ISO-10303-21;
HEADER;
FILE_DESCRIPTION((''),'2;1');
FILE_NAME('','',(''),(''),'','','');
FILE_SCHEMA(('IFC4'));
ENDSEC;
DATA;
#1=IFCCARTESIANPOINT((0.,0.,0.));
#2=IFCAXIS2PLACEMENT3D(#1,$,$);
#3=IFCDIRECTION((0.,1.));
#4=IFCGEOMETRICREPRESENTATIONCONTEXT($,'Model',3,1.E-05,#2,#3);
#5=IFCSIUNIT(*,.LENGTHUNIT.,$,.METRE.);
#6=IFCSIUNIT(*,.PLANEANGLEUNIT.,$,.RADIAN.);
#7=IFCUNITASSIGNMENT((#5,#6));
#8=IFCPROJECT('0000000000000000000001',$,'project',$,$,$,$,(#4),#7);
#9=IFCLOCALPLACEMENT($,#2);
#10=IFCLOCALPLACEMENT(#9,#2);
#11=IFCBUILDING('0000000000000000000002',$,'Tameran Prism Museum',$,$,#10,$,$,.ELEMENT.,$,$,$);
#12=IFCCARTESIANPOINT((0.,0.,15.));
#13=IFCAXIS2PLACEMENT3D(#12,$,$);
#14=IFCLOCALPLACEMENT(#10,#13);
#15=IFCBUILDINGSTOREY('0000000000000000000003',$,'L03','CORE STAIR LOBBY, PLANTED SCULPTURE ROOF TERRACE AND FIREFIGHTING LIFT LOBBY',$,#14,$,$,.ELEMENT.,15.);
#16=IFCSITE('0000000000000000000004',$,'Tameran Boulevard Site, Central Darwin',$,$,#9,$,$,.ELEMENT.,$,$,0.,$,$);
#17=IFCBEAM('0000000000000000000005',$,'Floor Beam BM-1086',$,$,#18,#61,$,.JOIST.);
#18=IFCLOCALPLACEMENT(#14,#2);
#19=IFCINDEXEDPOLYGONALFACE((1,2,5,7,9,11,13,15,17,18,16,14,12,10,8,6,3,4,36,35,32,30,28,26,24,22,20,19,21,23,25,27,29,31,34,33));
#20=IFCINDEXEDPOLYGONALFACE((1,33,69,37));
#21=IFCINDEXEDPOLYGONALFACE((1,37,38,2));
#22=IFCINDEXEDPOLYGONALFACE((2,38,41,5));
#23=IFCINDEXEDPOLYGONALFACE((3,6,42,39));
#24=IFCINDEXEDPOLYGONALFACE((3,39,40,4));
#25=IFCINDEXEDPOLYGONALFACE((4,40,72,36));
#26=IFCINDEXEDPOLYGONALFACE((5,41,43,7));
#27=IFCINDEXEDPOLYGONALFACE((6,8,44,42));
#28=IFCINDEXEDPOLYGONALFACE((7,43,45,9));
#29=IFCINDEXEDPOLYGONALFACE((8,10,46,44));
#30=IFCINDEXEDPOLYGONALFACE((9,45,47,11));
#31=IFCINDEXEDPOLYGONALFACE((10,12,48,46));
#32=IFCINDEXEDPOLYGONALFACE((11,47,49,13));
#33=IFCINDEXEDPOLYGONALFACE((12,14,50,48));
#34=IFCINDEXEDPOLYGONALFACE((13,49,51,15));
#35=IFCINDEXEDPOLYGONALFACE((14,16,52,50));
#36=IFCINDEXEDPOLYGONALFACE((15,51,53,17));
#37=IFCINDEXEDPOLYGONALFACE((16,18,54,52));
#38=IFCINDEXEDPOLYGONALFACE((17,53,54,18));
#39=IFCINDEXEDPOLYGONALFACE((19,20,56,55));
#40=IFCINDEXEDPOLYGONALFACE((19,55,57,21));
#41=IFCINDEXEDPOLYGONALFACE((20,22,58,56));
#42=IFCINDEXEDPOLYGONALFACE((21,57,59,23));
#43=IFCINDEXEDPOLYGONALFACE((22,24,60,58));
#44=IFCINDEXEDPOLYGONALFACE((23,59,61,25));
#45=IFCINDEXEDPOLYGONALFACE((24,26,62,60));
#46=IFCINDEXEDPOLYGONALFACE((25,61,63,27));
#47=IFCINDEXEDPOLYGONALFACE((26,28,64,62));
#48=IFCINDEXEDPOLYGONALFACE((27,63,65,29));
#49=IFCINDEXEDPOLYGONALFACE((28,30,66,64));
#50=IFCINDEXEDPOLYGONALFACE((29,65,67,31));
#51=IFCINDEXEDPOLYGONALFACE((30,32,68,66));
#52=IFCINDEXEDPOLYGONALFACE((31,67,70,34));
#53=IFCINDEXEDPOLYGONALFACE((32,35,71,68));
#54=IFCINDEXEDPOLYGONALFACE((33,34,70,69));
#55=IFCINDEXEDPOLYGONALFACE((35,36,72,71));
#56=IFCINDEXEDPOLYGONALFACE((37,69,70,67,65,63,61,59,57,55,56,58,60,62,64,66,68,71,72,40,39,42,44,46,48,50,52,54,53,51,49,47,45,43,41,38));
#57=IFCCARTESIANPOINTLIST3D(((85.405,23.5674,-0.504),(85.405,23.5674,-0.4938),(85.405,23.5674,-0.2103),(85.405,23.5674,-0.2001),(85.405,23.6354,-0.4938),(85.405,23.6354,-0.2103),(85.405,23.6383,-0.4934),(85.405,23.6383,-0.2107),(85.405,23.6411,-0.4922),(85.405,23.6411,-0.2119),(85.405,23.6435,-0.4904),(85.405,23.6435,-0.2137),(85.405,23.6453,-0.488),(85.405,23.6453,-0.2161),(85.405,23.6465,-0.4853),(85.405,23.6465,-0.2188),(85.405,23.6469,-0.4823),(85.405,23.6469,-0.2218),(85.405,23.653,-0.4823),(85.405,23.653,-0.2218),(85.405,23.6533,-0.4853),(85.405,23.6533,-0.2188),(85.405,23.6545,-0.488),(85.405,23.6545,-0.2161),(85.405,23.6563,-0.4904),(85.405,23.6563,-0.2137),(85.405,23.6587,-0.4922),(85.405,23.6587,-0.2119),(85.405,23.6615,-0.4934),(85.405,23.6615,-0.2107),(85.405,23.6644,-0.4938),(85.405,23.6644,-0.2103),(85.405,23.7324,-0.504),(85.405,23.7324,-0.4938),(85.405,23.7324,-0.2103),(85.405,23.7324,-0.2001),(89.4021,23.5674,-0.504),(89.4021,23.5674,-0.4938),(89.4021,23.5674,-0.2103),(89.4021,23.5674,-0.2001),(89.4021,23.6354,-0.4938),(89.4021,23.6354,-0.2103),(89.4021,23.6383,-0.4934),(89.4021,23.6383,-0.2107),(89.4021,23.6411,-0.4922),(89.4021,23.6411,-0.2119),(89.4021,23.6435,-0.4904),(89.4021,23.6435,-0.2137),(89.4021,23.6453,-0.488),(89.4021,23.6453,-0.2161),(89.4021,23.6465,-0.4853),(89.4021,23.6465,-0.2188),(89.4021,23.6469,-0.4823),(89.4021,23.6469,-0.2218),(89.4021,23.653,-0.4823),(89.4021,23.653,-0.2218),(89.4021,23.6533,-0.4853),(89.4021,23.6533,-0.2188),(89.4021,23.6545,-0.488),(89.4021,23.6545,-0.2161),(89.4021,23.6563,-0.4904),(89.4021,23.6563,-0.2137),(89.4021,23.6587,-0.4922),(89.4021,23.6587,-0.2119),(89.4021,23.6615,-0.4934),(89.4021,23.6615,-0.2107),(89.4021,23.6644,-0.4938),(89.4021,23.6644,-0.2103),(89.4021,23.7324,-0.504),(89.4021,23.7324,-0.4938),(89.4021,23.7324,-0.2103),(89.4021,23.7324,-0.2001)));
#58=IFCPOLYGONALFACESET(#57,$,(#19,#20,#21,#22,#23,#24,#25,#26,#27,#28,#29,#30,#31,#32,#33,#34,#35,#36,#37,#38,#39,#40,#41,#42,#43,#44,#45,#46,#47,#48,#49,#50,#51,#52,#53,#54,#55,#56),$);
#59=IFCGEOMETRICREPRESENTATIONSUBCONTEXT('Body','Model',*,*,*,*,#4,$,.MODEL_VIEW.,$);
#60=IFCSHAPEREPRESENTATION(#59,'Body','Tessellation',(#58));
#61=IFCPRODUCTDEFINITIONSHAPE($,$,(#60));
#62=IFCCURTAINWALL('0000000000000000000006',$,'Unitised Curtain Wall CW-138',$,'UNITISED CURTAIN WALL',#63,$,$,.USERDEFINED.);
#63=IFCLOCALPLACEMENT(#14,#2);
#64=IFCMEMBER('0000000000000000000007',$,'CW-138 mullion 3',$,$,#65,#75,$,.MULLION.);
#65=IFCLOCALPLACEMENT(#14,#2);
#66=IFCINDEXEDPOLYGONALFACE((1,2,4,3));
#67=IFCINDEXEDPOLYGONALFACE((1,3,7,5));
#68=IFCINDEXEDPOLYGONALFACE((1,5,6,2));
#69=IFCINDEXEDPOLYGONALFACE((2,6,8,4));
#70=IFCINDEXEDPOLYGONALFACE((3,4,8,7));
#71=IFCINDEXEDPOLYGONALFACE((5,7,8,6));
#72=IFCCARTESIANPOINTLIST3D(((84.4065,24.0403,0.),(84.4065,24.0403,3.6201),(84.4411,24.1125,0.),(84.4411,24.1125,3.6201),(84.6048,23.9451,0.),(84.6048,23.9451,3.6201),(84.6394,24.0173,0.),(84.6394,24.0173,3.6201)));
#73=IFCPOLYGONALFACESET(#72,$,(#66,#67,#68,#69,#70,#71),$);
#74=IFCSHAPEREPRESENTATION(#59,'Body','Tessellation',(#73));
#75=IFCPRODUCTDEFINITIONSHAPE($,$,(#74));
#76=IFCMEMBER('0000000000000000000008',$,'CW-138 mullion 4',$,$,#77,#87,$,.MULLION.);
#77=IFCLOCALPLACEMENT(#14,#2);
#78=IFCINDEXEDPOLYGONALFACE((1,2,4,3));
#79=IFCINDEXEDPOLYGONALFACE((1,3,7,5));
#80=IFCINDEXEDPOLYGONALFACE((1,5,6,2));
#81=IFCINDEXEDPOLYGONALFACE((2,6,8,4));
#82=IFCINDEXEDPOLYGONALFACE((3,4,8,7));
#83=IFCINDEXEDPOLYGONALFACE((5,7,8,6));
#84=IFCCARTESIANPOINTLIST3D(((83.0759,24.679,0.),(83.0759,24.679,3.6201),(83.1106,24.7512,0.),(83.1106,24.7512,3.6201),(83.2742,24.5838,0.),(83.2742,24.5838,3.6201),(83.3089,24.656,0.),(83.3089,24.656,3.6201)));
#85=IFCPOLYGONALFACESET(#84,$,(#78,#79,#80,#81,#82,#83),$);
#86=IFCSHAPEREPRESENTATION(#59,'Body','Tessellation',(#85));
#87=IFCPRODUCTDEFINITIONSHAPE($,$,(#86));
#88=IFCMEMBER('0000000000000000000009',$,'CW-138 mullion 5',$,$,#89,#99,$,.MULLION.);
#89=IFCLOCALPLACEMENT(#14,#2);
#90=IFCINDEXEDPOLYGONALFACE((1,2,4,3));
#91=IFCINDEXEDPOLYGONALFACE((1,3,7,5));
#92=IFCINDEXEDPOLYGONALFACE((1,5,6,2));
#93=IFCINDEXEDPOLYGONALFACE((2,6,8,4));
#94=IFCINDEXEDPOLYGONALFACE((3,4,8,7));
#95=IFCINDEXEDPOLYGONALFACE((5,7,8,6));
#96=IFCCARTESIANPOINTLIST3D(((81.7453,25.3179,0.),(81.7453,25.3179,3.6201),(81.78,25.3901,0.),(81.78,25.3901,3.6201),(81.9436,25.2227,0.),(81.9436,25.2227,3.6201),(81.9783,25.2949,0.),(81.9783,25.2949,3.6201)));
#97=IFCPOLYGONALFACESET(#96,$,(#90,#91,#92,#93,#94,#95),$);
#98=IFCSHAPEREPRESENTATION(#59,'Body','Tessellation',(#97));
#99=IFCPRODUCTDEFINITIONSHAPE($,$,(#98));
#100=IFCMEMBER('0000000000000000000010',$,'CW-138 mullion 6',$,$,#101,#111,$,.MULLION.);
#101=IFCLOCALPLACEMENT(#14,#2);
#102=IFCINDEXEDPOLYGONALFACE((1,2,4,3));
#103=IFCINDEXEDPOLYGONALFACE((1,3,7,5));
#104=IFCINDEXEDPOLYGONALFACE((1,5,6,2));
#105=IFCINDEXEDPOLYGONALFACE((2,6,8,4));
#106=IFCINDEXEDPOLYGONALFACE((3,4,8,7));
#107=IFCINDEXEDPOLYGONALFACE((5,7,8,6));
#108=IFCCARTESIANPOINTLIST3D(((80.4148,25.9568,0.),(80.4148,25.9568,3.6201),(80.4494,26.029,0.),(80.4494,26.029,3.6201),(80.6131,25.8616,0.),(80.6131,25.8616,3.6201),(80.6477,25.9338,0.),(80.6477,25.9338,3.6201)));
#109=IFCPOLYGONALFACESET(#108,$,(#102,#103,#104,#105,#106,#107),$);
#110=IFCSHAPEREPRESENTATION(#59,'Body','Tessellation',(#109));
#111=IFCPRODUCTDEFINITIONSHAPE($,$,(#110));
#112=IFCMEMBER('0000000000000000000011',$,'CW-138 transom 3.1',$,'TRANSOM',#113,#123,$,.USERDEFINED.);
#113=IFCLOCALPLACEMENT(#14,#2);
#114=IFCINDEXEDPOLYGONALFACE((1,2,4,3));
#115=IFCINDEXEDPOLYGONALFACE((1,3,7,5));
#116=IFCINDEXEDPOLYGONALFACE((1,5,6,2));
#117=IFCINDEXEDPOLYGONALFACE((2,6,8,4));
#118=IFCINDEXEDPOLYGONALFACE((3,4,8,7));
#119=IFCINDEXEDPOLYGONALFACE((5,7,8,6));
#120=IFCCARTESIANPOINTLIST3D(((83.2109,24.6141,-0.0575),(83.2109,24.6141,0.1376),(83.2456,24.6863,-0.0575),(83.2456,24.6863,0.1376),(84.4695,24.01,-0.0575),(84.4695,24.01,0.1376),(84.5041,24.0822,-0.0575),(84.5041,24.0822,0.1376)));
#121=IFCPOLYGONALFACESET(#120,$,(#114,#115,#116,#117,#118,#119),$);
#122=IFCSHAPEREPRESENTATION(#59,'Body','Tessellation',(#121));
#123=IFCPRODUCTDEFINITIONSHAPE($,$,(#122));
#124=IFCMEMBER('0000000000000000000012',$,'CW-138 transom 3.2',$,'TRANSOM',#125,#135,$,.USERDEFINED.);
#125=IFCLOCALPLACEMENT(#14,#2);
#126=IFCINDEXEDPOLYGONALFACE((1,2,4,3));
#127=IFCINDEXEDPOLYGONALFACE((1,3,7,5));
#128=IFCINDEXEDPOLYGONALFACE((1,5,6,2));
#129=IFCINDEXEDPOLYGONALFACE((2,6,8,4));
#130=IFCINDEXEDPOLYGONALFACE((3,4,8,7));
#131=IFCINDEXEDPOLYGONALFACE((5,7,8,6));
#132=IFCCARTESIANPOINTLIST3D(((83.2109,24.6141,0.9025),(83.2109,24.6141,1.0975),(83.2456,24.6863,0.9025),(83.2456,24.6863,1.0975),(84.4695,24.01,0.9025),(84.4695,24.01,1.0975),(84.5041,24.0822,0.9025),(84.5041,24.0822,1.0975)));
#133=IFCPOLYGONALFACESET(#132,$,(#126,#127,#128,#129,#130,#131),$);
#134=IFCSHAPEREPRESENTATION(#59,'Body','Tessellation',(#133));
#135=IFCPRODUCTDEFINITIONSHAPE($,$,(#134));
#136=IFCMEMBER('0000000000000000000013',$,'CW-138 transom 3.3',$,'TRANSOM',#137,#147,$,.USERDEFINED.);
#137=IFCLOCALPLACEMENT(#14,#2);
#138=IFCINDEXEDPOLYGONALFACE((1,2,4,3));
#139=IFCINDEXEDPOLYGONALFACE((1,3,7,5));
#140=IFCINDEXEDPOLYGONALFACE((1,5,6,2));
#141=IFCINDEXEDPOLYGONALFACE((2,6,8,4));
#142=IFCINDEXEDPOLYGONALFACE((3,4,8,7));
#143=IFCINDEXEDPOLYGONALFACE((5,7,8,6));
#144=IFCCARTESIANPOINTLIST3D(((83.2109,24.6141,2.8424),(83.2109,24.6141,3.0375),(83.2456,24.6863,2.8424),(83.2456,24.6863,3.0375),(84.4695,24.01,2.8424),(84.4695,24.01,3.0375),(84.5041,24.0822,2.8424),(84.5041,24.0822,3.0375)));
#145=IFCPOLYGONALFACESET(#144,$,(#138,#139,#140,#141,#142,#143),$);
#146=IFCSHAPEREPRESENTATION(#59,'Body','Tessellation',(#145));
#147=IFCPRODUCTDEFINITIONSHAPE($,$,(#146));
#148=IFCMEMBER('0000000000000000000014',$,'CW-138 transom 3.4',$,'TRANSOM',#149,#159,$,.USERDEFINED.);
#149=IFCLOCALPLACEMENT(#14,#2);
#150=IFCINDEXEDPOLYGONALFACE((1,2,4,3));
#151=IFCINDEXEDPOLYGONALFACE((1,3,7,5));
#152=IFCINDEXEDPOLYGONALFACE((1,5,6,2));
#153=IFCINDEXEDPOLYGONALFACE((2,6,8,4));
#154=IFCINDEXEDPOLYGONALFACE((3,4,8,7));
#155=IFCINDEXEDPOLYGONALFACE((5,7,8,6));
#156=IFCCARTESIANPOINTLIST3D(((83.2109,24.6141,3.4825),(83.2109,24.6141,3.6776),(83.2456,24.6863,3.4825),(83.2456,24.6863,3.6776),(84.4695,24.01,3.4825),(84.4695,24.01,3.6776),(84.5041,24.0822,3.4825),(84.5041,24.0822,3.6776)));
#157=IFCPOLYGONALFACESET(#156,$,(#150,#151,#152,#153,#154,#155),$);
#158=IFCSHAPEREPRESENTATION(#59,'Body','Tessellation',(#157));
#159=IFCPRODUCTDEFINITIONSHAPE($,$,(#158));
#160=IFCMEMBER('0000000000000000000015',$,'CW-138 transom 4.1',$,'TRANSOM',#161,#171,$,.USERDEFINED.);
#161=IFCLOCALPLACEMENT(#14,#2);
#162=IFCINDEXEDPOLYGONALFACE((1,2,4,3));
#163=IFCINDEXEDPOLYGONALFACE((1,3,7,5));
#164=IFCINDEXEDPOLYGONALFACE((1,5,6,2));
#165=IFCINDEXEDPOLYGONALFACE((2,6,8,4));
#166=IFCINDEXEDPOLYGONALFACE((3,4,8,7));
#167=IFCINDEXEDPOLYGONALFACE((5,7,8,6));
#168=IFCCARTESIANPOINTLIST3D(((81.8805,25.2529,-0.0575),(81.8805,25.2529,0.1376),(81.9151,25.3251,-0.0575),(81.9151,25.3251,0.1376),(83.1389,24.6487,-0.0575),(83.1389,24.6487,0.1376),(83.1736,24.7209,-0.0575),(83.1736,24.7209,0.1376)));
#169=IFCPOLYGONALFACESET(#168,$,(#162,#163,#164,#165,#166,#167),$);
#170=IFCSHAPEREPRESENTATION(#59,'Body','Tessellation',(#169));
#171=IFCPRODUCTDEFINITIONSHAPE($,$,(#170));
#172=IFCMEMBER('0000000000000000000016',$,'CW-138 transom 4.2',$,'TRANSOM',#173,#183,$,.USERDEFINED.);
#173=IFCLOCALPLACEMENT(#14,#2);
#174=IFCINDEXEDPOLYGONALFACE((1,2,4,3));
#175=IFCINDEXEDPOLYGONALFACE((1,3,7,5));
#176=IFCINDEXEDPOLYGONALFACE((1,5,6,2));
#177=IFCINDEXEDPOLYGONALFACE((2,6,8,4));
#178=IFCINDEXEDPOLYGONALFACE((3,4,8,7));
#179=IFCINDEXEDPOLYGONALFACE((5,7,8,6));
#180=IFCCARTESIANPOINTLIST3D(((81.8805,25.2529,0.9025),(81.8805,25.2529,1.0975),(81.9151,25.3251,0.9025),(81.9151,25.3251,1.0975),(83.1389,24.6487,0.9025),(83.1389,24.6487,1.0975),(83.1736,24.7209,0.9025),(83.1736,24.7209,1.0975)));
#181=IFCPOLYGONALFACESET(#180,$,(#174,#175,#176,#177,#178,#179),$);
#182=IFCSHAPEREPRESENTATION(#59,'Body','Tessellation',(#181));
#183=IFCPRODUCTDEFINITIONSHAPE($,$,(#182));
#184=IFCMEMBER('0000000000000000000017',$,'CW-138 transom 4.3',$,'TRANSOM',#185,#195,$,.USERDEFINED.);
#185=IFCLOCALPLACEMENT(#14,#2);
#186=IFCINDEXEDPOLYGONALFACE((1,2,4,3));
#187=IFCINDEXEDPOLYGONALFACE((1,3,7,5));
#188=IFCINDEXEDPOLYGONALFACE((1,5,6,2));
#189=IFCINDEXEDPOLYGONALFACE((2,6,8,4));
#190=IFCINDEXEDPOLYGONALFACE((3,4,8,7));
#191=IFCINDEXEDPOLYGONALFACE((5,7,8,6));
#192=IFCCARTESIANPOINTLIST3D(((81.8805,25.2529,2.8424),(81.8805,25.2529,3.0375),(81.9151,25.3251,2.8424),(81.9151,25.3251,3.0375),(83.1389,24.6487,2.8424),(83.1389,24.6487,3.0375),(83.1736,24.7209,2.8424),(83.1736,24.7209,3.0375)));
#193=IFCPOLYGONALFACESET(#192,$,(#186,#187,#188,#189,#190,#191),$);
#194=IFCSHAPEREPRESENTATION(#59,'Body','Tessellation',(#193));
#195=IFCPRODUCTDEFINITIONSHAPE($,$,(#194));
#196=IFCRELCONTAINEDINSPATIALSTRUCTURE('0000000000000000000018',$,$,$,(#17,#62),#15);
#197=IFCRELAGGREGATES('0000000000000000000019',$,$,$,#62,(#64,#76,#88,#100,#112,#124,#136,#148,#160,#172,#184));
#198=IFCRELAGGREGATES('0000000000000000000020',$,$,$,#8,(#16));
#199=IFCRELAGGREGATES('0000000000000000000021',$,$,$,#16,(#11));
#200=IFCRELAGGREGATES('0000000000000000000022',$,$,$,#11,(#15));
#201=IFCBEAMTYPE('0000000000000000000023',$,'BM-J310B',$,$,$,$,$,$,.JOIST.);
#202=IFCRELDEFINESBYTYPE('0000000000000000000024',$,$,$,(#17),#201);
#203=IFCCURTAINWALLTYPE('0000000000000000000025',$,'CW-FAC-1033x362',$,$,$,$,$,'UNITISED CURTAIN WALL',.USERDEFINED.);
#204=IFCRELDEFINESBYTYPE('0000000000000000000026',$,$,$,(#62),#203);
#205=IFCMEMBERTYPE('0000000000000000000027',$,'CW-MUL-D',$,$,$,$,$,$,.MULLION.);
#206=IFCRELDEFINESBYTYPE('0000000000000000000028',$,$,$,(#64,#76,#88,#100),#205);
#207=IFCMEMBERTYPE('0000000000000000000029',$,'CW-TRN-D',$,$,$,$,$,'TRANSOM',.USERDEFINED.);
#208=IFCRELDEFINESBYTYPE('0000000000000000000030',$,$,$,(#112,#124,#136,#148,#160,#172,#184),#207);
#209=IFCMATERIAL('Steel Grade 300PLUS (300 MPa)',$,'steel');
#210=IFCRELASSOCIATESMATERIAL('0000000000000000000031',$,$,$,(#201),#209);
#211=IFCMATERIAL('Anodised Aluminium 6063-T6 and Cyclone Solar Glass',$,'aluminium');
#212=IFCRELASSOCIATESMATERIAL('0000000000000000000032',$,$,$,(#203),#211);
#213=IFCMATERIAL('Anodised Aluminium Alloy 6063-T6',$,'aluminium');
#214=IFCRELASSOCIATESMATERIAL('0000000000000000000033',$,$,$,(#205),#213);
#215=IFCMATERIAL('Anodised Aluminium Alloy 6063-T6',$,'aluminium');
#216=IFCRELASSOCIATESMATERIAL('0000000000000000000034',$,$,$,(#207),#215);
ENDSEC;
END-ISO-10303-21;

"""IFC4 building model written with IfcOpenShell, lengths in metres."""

from ifc_helpers import new_model, si_unit, direction, frame, origin, origin_2d, place, context, subcontext, project, spatial, rectangle, i_section, extrude, material, material_profile, profile_set, type_object, element, aggregate, save


model = new_model("IFC4")

# Units and contexts
model_context = context("Model", 3, precision=1e-05, world=origin(), true_north=direction((0.0, 1.0)))
body_context = subcontext(model_context, "Body", "Model", "MODEL_VIEW")
ifc_project = project(units=[si_unit("LENGTHUNIT", "METRE"), si_unit("PLANEANGLEUNIT", "RADIAN")], contexts=[model_context])

# Site, building, storey
site_placement = place(None, origin())
site = spatial("IfcSite", under=ifc_project, at=site_placement, Name="Tameran Boulevard Site, Central Darwin", CompositionType="ELEMENT", RefElevation=0.0)
building_placement = place(site_placement, origin())
building = spatial("IfcBuilding", under=site, at=building_placement, Name="Tameran Prism Museum", CompositionType="ELEMENT")
storey_placement = place(building_placement, frame((0.0, 0.0, 15.0)))
storey = spatial("IfcBuildingStorey", under=building, at=storey_placement, Name="L03", Description="CORE STAIR LOBBY, PLANTED SCULPTURE ROOF TERRACE AND FIREFIGHTING LIFT LOBBY", CompositionType="ELEMENT", Elevation=15.0)

# Beam
ifc_material_1 = material(Name="Steel Grade 300PLUS (300 MPa)", Category="steel")
ifc_material_profile_1 = material_profile(ifc_material_1, i_section(OverallWidth=0.165, OverallDepth=0.304, WebThickness=0.0061, FlangeThickness=0.0103, FilletRadius=0.0115, at=origin_2d()))
ifc_profile_set_1 = profile_set([ifc_material_profile_1])
beam_type = type_object("IfcBeamType", Name="BM-J310B", PredefinedType="JOIST", material=ifc_profile_set_1)
beam_placement = place(storey_placement, frame((85.405, 23.6499, -0.3521), z_axis=(1.0, 0.0, 0.0), x_axis=(0.0, 1.0, 0.0)))
element("IfcBeam", 1, at=beam_placement, inside=storey, type_object=beam_type, Name="Floor Beam BM-1086", PredefinedType="JOIST", context=body_context, shape_type="SweptSolid", body=[
    extrude(i_section(OverallWidth=0.165, OverallDepth=0.304, WebThickness=0.0061, FlangeThickness=0.0103, FilletRadius=0.0115, at=origin_2d()), origin(), (0.0, 0.0, 1.0), 3.9971),
])

# Curtain wall, members
ifc_material_2 = material(Name="Anodised Aluminium 6063-T6 and Cyclone Solar Glass", Category="aluminium")
curtain_wall_type = type_object("IfcCurtainWallType", Name="CW-FAC-1033x362", ElementType="UNITISED CURTAIN WALL", PredefinedType="USERDEFINED", material=ifc_material_2)
curtain_wall_placement = place(storey_placement, origin())
curtain_wall = element("IfcCurtainWall", 2, at=curtain_wall_placement, inside=storey, type_object=curtain_wall_type, Name="Unitised Curtain Wall CW-138", ObjectType="UNITISED CURTAIN WALL", PredefinedType="USERDEFINED")
ifc_material_3 = material(Name="Anodised Aluminium Alloy 6063-T6", Category="aluminium")
ifc_material_profile_2 = material_profile(ifc_material_3, rectangle(XDim=0.0801, YDim=0.22, at=origin_2d()))
ifc_profile_set_2 = profile_set([ifc_material_profile_2])
member_type_1 = type_object("IfcMemberType", Name="CW-MUL-D", PredefinedType="MULLION", material=ifc_profile_set_2)
member_1_placement = place(storey_placement, frame((84.5229, 24.0288, 0.0), z_axis=(0.0, 0.0, 1.0), x_axis=(-0.432832, -0.901475, 0.0)))
member_1 = element("IfcMember", 3, at=member_1_placement, type_object=member_type_1, Name="CW-138 mullion 3", PredefinedType="MULLION", context=body_context, shape_type="SweptSolid", body=[
    extrude(rectangle(XDim=0.0801, YDim=0.22, at=origin_2d()), origin(), (0.0, 0.0, 1.0), 3.6201),
])
member_2_placement = place(storey_placement, frame((83.1924, 24.6675, 0.0), z_axis=(0.0, 0.0, 1.0), x_axis=(-0.432832, -0.901475, 0.0)))
member_2 = element("IfcMember", 4, at=member_2_placement, type_object=member_type_1, Name="CW-138 mullion 4", PredefinedType="MULLION", context=body_context, shape_type="SweptSolid", body=[
    extrude(rectangle(XDim=0.0801, YDim=0.22, at=origin_2d()), origin(), (0.0, 0.0, 1.0), 3.6201),
])
member_3_placement = place(storey_placement, frame((81.8618, 25.3064, 0.0), z_axis=(0.0, 0.0, 1.0), x_axis=(-0.432832, -0.901475, 0.0)))
member_3 = element("IfcMember", 5, at=member_3_placement, type_object=member_type_1, Name="CW-138 mullion 5", PredefinedType="MULLION", context=body_context, shape_type="SweptSolid", body=[
    extrude(rectangle(XDim=0.0801, YDim=0.22, at=origin_2d()), origin(), (0.0, 0.0, 1.0), 3.6201),
])
member_4_placement = place(storey_placement, frame((80.5312, 25.9453, 0.0), z_axis=(0.0, 0.0, 1.0), x_axis=(-0.432832, -0.901475, 0.0)))
member_4 = element("IfcMember", 6, at=member_4_placement, type_object=member_type_1, Name="CW-138 mullion 6", PredefinedType="MULLION", context=body_context, shape_type="SweptSolid", body=[
    extrude(rectangle(XDim=0.0801, YDim=0.22, at=origin_2d()), origin(), (0.0, 0.0, 1.0), 3.6201),
])
ifc_material_4 = material(Name="Anodised Aluminium Alloy 6063-T6", Category="aluminium")
ifc_material_profile_3 = material_profile(ifc_material_4, rectangle(XDim=0.0801, YDim=0.1951, at=origin_2d()))
ifc_profile_set_3 = profile_set([ifc_material_profile_3])
member_type_2 = type_object("IfcMemberType", Name="CW-TRN-D", ElementType="TRANSOM", PredefinedType="USERDEFINED", material=ifc_profile_set_3)
member_5_placement = place(storey_placement, frame((84.4868, 24.0461, 0.04), z_axis=(-0.90155, 0.432674, 0.0), x_axis=(-0.432674, -0.90155, 0.0)))
member_5 = element("IfcMember", 7, at=member_5_placement, type_object=member_type_2, Name="CW-138 transom 3.1", ObjectType="TRANSOM", PredefinedType="USERDEFINED", context=body_context, shape_type="SweptSolid", body=[
    extrude(rectangle(XDim=0.0801, YDim=0.1951, at=origin_2d()), origin(), (0.0, 0.0, 1.0), 1.396),
])
member_6_placement = place(storey_placement, frame((84.4868, 24.0461, 1.0), z_axis=(-0.90155, 0.432674, 0.0), x_axis=(-0.432674, -0.90155, 0.0)))
member_6 = element("IfcMember", 8, at=member_6_placement, type_object=member_type_2, Name="CW-138 transom 3.2", ObjectType="TRANSOM", PredefinedType="USERDEFINED", context=body_context, shape_type="SweptSolid", body=[
    extrude(rectangle(XDim=0.0801, YDim=0.1951, at=origin_2d()), origin(), (0.0, 0.0, 1.0), 1.396),
])
member_7_placement = place(storey_placement, frame((84.4868, 24.0461, 2.9399), z_axis=(-0.90155, 0.432674, 0.0), x_axis=(-0.432674, -0.90155, 0.0)))
member_7 = element("IfcMember", 9, at=member_7_placement, type_object=member_type_2, Name="CW-138 transom 3.3", ObjectType="TRANSOM", PredefinedType="USERDEFINED", context=body_context, shape_type="SweptSolid", body=[
    extrude(rectangle(XDim=0.0801, YDim=0.1951, at=origin_2d()), origin(), (0.0, 0.0, 1.0), 1.396),
])
member_8_placement = place(storey_placement, frame((84.4868, 24.0461, 3.5801), z_axis=(-0.90155, 0.432674, 0.0), x_axis=(-0.432674, -0.90155, 0.0)))
member_8 = element("IfcMember", 10, at=member_8_placement, type_object=member_type_2, Name="CW-138 transom 3.4", ObjectType="TRANSOM", PredefinedType="USERDEFINED", context=body_context, shape_type="SweptSolid", body=[
    extrude(rectangle(XDim=0.0801, YDim=0.1951, at=origin_2d()), origin(), (0.0, 0.0, 1.0), 1.396),
])
member_9_placement = place(storey_placement, frame((83.1562, 24.6848, 0.04), z_axis=(-0.901482, 0.432816, 0.0), x_axis=(-0.432816, -0.901482, 0.0)))
member_9 = element("IfcMember", 11, at=member_9_placement, type_object=member_type_2, Name="CW-138 transom 4.1", ObjectType="TRANSOM", PredefinedType="USERDEFINED", context=body_context, shape_type="SweptSolid", body=[
    extrude(rectangle(XDim=0.0801, YDim=0.1951, at=origin_2d()), origin(), (0.0, 0.0, 1.0), 1.396),
])
member_10_placement = place(storey_placement, frame((83.1562, 24.6848, 1.0), z_axis=(-0.901482, 0.432816, 0.0), x_axis=(-0.432816, -0.901482, 0.0)))
member_10 = element("IfcMember", 12, at=member_10_placement, type_object=member_type_2, Name="CW-138 transom 4.2", ObjectType="TRANSOM", PredefinedType="USERDEFINED", context=body_context, shape_type="SweptSolid", body=[
    extrude(rectangle(XDim=0.0801, YDim=0.1951, at=origin_2d()), origin(), (0.0, 0.0, 1.0), 1.396),
])
member_11_placement = place(storey_placement, frame((83.1562, 24.6848, 2.9399), z_axis=(-0.901482, 0.432816, 0.0), x_axis=(-0.432816, -0.901482, 0.0)))
member_11 = element("IfcMember", 13, at=member_11_placement, type_object=member_type_2, Name="CW-138 transom 4.3", ObjectType="TRANSOM", PredefinedType="USERDEFINED", context=body_context, shape_type="SweptSolid", body=[
    extrude(rectangle(XDim=0.0801, YDim=0.1951, at=origin_2d()), origin(), (0.0, 0.0, 1.0), 1.396),
])
aggregate(curtain_wall, [member_1, member_2, member_3, member_4, member_5, member_6, member_7, member_8, member_9, member_10, member_11])

save(model, "model.ifc")
